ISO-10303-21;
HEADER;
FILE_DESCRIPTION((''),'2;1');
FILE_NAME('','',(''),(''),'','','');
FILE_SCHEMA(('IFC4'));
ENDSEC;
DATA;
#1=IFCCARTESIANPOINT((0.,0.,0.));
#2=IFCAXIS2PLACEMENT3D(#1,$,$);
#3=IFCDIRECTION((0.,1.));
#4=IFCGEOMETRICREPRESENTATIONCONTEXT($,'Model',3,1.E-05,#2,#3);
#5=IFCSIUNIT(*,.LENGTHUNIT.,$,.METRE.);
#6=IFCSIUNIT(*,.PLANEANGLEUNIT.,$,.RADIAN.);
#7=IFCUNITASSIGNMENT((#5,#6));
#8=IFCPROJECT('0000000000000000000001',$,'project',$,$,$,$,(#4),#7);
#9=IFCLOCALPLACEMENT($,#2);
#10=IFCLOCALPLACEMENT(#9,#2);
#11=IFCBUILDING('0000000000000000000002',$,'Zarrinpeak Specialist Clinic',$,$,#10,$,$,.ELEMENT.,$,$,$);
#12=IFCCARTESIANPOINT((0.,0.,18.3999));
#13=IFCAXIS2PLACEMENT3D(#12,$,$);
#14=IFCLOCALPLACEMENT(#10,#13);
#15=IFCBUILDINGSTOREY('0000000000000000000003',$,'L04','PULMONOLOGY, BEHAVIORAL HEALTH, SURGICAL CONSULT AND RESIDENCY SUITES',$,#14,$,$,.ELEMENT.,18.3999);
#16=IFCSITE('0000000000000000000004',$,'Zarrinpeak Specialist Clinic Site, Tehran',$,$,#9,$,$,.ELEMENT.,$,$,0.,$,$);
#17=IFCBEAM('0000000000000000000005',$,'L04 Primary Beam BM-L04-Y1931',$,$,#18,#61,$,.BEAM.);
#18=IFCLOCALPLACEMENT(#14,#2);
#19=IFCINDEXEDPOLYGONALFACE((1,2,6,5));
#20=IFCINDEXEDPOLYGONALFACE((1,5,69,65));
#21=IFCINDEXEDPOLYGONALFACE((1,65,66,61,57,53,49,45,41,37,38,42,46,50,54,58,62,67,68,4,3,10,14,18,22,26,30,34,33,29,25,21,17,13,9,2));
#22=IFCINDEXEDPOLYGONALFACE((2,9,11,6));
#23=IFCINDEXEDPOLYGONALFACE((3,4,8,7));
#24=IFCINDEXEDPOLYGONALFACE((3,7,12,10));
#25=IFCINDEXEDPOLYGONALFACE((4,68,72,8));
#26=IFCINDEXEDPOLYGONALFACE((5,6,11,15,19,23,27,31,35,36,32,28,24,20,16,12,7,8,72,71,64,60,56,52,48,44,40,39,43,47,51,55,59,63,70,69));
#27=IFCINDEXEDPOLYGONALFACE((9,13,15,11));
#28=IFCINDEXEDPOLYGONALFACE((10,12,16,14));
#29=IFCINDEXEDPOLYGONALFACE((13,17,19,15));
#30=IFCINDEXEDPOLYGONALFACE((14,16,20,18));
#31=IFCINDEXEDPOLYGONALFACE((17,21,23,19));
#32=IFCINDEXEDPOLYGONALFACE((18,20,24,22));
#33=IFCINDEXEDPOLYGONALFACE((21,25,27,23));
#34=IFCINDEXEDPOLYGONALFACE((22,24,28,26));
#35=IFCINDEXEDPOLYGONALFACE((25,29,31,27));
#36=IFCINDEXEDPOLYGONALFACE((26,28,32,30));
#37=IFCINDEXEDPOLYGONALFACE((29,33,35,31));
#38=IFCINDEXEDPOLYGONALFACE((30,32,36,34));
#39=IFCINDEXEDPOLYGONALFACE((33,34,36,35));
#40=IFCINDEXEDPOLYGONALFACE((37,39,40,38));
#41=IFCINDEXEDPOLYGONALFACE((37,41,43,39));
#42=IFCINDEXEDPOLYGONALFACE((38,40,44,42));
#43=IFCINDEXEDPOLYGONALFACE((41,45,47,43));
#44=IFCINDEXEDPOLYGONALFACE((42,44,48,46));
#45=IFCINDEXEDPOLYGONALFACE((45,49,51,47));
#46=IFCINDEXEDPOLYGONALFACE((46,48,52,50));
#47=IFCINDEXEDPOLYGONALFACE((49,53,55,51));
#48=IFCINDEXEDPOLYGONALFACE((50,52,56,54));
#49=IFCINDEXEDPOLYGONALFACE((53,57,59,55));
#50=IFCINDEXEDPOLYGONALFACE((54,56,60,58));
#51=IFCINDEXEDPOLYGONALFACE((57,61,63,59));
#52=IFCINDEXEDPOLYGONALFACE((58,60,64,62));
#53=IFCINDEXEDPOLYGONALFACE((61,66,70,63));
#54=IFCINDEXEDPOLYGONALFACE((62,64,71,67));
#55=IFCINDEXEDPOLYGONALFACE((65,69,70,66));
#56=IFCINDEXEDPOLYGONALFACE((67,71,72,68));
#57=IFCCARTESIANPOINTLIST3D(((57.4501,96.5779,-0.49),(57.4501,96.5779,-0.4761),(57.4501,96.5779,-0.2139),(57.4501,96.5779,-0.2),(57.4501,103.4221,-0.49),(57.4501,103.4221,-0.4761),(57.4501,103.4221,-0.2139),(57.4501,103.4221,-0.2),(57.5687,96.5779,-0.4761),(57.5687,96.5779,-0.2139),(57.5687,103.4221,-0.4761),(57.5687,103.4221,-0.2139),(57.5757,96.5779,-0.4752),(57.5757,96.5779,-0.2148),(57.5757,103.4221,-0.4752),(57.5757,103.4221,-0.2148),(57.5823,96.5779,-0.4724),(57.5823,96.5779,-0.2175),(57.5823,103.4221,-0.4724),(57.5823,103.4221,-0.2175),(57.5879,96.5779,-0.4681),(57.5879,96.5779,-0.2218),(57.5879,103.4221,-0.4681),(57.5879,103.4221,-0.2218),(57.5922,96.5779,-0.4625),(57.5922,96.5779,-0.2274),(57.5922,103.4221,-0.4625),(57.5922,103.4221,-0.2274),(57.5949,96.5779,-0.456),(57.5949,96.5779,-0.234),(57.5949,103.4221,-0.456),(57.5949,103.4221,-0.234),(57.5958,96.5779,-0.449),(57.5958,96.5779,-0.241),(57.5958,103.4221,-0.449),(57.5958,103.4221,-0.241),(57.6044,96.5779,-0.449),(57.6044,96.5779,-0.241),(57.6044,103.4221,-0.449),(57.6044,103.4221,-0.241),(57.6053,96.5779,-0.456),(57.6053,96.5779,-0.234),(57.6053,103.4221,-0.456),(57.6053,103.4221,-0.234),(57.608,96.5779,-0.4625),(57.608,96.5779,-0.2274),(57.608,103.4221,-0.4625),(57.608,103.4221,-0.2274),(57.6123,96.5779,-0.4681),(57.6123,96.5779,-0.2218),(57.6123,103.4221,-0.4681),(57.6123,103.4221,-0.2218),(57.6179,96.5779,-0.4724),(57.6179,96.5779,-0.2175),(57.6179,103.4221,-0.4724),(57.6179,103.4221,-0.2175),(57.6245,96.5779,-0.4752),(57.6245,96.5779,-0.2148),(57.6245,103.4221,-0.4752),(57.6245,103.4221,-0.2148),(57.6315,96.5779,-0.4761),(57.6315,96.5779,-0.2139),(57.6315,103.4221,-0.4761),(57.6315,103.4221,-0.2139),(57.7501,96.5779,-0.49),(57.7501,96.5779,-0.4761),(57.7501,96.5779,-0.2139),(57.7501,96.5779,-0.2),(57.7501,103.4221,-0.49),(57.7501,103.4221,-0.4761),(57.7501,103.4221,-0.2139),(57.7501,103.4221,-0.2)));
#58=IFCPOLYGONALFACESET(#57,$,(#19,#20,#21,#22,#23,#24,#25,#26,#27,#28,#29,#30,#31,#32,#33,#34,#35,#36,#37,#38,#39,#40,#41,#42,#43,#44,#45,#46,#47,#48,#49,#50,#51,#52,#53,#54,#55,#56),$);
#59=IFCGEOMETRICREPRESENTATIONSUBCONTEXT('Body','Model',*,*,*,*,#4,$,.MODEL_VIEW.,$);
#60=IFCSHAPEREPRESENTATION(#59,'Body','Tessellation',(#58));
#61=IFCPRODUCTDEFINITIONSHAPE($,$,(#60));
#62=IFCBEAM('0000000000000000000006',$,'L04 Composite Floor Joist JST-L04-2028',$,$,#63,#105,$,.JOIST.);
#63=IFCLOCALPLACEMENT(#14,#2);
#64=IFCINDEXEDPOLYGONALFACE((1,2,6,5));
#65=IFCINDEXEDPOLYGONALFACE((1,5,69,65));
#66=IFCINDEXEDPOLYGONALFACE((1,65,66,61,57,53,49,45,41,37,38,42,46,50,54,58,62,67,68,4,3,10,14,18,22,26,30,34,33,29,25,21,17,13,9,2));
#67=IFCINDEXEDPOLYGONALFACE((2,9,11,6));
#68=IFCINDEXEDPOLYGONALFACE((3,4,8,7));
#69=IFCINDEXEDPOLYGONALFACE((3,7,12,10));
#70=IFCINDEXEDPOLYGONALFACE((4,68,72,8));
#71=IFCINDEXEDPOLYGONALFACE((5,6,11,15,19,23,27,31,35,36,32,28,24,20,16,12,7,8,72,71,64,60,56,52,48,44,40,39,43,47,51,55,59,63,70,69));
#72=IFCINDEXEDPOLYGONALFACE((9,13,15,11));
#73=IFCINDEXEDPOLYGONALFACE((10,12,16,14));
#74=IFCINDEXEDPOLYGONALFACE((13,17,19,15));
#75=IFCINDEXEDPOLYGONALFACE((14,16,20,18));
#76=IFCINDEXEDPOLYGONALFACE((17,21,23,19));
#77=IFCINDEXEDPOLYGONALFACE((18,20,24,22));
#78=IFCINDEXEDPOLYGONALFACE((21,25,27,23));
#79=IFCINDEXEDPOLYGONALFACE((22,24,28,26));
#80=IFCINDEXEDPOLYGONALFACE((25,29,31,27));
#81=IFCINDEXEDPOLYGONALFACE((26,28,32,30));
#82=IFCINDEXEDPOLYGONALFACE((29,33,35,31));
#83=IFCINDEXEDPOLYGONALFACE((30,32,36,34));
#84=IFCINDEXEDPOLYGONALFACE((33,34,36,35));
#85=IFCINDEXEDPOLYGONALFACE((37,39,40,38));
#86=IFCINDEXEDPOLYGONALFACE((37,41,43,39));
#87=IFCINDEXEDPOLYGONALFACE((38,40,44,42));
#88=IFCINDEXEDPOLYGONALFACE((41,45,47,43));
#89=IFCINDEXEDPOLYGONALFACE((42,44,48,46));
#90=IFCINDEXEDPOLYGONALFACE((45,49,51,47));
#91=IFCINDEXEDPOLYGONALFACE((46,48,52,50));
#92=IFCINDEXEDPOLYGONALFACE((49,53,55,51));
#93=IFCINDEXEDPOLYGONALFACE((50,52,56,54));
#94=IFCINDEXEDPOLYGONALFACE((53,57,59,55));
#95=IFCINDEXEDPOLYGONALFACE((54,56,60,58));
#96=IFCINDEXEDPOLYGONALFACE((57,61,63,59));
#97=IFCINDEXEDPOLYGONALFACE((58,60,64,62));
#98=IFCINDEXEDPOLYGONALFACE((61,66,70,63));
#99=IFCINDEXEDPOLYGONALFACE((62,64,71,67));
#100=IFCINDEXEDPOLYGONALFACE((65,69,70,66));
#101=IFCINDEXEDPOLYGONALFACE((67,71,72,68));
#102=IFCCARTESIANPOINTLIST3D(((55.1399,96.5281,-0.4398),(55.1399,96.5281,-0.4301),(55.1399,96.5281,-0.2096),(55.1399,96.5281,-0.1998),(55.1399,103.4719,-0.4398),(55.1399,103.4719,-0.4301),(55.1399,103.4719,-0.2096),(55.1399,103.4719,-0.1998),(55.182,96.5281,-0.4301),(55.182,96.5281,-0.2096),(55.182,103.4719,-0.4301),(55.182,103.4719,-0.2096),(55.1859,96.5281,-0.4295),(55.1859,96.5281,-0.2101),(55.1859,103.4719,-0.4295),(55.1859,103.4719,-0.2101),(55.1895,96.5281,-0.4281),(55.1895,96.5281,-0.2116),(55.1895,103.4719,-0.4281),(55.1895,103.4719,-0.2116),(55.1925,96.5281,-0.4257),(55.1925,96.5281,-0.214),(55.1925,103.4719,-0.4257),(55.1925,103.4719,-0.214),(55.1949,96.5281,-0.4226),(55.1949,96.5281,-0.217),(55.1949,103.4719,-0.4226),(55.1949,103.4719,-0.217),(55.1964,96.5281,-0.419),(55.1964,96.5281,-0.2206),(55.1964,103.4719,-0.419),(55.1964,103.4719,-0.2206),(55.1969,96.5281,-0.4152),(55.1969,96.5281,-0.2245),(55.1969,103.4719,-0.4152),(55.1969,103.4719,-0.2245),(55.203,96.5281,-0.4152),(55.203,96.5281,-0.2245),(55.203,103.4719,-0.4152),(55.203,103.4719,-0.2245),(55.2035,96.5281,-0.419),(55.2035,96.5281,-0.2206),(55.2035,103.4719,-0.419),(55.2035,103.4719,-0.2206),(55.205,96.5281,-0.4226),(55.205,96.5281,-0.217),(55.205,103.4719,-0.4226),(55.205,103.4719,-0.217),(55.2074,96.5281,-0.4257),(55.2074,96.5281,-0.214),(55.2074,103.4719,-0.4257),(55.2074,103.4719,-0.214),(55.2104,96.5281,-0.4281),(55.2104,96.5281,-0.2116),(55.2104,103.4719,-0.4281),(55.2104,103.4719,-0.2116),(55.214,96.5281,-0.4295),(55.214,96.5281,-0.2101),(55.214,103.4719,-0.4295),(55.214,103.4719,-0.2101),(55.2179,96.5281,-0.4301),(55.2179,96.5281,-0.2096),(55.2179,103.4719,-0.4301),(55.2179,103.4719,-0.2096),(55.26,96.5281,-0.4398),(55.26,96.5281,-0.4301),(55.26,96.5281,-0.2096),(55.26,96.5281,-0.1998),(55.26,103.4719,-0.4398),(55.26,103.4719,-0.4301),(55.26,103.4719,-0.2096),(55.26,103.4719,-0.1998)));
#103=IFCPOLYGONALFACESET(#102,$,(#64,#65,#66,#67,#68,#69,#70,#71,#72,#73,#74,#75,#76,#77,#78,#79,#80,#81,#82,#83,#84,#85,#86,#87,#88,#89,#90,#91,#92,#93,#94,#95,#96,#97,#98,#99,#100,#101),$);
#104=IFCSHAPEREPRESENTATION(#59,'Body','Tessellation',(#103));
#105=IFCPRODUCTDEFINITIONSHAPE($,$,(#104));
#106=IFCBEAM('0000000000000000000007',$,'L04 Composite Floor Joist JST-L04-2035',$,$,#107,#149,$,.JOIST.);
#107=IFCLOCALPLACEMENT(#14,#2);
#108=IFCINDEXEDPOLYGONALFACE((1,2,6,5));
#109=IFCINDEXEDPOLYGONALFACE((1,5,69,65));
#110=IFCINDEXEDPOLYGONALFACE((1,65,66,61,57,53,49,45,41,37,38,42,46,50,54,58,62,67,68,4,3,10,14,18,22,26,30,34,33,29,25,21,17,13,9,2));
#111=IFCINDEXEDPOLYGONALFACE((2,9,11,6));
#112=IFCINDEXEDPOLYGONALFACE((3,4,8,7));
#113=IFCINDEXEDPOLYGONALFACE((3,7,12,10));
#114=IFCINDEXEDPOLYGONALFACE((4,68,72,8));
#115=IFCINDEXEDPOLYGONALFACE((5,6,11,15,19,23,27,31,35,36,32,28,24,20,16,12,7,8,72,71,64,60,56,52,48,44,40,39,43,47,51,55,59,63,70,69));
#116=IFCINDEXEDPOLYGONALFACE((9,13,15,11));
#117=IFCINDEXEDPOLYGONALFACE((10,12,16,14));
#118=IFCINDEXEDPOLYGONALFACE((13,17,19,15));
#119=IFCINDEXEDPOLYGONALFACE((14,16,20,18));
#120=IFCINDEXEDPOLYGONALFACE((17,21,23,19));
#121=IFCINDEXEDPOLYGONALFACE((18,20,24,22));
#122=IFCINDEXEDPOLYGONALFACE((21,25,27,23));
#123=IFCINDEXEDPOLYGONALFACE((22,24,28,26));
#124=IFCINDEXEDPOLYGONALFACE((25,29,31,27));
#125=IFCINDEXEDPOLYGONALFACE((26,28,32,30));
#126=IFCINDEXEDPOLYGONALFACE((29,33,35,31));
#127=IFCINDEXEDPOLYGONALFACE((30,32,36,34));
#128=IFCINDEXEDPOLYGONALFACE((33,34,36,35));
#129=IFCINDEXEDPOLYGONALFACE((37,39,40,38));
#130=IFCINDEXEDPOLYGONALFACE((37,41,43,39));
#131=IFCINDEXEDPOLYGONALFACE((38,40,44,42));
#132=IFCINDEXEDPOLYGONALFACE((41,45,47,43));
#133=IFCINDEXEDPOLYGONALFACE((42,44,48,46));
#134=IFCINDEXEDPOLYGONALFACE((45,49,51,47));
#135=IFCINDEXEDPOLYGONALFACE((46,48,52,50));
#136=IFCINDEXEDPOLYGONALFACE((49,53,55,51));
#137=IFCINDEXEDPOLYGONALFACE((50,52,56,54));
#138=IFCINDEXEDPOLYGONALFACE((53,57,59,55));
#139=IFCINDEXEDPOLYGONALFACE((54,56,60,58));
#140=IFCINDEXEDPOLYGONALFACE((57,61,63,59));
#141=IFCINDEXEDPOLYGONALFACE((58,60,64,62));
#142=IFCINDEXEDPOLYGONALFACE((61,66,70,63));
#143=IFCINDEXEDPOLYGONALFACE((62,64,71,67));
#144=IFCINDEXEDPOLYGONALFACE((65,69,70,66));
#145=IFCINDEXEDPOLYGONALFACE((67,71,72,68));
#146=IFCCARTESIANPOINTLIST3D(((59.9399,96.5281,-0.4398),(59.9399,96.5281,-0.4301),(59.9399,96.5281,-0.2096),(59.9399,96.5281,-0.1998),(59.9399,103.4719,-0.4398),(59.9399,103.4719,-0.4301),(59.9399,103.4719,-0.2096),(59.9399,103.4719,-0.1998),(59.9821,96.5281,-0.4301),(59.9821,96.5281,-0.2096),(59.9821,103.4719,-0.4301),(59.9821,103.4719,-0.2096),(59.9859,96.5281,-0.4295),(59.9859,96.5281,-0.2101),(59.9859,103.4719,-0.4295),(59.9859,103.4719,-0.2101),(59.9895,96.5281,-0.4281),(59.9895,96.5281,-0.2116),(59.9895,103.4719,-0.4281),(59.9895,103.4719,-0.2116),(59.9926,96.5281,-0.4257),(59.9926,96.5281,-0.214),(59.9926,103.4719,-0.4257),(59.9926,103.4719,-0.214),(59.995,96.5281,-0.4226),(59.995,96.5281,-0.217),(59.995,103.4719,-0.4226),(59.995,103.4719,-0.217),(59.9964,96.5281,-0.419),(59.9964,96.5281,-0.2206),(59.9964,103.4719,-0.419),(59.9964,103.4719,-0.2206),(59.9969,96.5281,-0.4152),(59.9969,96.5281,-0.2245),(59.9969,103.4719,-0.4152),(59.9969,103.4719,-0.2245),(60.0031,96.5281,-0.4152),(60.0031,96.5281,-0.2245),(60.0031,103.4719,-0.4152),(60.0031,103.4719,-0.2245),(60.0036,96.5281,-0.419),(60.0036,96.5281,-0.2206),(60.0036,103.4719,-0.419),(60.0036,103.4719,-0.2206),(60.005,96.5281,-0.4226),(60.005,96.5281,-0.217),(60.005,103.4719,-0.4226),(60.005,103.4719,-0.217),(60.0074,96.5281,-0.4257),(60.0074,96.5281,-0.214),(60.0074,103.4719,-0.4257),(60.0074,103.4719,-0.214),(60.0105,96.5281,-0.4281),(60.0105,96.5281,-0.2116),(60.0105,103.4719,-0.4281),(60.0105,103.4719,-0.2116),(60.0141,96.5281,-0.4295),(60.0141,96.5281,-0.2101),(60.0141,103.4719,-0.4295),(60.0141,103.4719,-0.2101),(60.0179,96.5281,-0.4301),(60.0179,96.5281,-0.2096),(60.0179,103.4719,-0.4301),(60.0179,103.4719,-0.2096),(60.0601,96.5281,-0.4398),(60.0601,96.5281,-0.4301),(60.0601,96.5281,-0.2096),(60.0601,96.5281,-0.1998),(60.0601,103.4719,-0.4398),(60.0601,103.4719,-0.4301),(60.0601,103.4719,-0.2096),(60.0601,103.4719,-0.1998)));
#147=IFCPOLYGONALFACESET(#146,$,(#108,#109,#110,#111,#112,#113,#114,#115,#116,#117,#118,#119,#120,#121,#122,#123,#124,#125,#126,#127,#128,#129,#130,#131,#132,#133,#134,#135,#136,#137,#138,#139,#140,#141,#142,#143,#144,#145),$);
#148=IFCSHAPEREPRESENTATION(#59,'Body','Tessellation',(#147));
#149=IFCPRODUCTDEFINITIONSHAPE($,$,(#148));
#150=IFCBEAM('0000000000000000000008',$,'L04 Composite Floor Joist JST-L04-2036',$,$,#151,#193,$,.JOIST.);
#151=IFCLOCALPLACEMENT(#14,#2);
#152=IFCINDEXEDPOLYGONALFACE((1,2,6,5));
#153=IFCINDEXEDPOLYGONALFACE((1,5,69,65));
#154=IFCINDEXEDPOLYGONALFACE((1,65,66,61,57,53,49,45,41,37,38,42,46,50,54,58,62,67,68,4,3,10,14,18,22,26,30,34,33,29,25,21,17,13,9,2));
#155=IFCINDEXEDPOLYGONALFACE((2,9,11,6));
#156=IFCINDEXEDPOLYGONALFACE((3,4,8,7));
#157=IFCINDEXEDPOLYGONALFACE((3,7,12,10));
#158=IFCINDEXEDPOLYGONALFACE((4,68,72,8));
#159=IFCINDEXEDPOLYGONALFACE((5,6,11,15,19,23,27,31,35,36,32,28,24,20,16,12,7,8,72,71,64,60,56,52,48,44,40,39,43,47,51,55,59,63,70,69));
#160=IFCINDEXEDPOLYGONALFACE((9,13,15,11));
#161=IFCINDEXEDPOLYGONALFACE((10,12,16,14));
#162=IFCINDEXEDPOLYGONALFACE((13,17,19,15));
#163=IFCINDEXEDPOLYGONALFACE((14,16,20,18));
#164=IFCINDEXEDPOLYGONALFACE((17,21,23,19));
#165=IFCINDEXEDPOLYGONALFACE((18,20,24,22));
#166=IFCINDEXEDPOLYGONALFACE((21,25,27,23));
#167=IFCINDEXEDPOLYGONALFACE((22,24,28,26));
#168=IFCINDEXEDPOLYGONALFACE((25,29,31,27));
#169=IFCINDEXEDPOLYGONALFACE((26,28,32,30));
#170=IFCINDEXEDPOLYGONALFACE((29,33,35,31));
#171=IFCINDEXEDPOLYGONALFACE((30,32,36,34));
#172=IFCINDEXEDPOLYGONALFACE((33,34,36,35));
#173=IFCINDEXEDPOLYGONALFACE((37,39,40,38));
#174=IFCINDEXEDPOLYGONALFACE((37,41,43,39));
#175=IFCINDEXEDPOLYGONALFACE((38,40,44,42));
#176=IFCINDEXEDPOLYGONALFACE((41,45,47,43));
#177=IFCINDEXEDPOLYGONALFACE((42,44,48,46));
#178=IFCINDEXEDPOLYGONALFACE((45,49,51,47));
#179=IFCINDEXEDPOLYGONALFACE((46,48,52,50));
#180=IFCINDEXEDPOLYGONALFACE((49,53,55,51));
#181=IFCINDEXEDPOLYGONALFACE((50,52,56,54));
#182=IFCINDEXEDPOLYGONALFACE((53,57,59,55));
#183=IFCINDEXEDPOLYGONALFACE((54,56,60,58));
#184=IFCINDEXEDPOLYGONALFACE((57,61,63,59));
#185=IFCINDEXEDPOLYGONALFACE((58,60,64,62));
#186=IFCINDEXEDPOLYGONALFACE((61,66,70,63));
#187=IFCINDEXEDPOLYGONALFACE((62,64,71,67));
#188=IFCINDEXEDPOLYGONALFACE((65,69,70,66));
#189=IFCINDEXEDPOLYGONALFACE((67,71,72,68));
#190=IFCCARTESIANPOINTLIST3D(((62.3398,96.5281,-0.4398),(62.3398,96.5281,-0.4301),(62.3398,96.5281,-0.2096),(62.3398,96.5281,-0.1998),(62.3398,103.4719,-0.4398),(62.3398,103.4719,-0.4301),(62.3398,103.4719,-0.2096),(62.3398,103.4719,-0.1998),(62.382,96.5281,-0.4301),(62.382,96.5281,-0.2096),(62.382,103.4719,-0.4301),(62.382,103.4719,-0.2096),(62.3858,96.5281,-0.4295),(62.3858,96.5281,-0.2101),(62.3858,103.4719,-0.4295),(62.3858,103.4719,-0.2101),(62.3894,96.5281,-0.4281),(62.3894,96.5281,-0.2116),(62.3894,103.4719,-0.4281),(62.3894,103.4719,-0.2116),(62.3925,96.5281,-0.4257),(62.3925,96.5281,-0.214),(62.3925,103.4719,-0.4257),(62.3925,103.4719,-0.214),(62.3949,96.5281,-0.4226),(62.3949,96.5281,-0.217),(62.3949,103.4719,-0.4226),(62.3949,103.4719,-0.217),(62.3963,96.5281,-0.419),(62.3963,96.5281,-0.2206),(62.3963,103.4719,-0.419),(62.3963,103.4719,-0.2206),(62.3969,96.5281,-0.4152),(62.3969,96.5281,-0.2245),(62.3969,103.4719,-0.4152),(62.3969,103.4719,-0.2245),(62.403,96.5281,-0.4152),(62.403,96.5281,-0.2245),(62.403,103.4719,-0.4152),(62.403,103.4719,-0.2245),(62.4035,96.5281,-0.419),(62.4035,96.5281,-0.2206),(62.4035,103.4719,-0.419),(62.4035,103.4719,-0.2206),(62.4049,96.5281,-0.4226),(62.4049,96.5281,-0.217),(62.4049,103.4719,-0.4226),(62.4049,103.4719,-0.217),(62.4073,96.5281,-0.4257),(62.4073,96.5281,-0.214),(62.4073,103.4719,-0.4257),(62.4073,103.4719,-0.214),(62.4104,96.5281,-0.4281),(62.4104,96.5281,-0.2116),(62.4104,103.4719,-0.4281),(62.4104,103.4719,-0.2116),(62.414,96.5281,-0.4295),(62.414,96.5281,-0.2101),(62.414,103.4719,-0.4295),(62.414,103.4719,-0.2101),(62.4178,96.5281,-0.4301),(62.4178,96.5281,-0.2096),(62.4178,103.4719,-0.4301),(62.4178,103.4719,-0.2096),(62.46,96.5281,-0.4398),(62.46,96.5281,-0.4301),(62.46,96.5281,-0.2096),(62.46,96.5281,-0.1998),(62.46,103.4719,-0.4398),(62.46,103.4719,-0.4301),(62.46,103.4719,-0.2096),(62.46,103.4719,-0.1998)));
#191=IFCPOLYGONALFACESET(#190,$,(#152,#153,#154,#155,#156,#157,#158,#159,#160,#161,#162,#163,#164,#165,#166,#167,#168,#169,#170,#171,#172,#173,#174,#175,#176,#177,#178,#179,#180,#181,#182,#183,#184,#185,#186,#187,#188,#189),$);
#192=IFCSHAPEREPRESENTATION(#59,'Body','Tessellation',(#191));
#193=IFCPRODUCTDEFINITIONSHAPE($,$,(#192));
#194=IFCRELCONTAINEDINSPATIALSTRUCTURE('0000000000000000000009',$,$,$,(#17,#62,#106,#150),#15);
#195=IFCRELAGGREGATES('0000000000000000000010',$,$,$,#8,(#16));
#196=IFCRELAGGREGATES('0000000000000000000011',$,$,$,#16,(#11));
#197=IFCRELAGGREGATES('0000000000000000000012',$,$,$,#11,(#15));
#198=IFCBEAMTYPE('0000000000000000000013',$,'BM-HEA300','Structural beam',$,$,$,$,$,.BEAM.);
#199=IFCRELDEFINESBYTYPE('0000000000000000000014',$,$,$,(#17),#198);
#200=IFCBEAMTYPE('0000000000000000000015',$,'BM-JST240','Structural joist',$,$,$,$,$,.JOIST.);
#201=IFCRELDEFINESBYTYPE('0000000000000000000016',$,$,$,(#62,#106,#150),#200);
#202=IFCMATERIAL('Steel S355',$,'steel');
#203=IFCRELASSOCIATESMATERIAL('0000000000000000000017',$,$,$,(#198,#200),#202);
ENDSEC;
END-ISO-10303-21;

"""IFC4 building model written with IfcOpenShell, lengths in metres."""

from ifc_helpers import new_model, si_unit, direction, frame, origin, origin_2d, place, context, subcontext, project, spatial, i_section, extrude, material, material_profile, profile_set, type_object, element, save


model = new_model("IFC4")

# Units and contexts
model_context = context("Model", 3, precision=1e-05, world=origin(), true_north=direction((0.0, 1.0)))
body_context = subcontext(model_context, "Body", "Model", "MODEL_VIEW")
ifc_project = project(units=[si_unit("LENGTHUNIT", "METRE"), si_unit("PLANEANGLEUNIT", "RADIAN")], contexts=[model_context])

# Site, building, storey
site_placement = place(None, origin())
site = spatial("IfcSite", under=ifc_project, at=site_placement, Name="Zarrinpeak Specialist Clinic Site, Tehran", CompositionType="ELEMENT", RefElevation=0.0)
building_placement = place(site_placement, origin())
building = spatial("IfcBuilding", under=site, at=building_placement, Name="Zarrinpeak Specialist Clinic", CompositionType="ELEMENT")
storey_placement = place(building_placement, frame((0.0, 0.0, 18.3999)))
storey = spatial("IfcBuildingStorey", under=building, at=storey_placement, Name="L04", Description="PULMONOLOGY, BEHAVIORAL HEALTH, SURGICAL CONSULT AND RESIDENCY SUITES", CompositionType="ELEMENT", Elevation=18.3999)

# Beams
ifc_material_1 = material(Name="Steel S355", Category="steel")
ifc_material_profile_1 = material_profile(ifc_material_1, i_section(OverallWidth=0.3, OverallDepth=0.29, WebThickness=0.0085, FlangeThickness=0.0139, FilletRadius=0.0271, at=origin_2d()), Name="HEA 300")
ifc_profile_set_1 = profile_set([ifc_material_profile_1], Name="Steel S355")
beam_type_1 = type_object("IfcBeamType", Name="BM-HEA300", Description="Structural beam", PredefinedType="BEAM", material=ifc_profile_set_1)
beam_1_placement = place(storey_placement, frame((57.6001, 96.5779, -0.345), z_axis=(0.0, 1.0, 0.0), x_axis=(-1.0, 0.0, 0.0)))
element("IfcBeam", 1, at=beam_1_placement, inside=storey, type_object=beam_type_1, Name="L04 Primary Beam BM-L04-Y1931", PredefinedType="BEAM", context=body_context, shape_type="SweptSolid", body=[
    extrude(i_section(OverallWidth=0.3, OverallDepth=0.29, WebThickness=0.0085, FlangeThickness=0.0139, FilletRadius=0.0271, at=origin_2d()), origin(), (0.0, 0.0, 1.0), 6.8442),
])
ifc_material_profile_2 = material_profile(ifc_material_1, i_section(OverallWidth=0.1201, OverallDepth=0.24, WebThickness=0.0061, FlangeThickness=0.0098, FilletRadius=0.0149, at=origin_2d()), Name="IPE 240")
ifc_profile_set_2 = profile_set([ifc_material_profile_2], Name="Steel S355")
beam_type_2 = type_object("IfcBeamType", Name="BM-JST240", Description="Structural joist", PredefinedType="JOIST", material=ifc_profile_set_2)
for number, where, z_axis, x_axis, name in (
    (2, (55.2, 96.5281, -0.3198), (0.0, 1.0, 0.0), (-1.0, 0.0, 0.0), "L04 Composite Floor Joist JST-L04-2028"),
    (3, (60.0, 96.5281, -0.3198), (0.0, 1.0, 0.0), (-1.0, 0.0, 0.0), "L04 Composite Floor Joist JST-L04-2035"),
    (4, (62.3999, 96.5281, -0.3198), (0.0, 1.0, 0.0), (-1.0, 0.0, 0.0), "L04 Composite Floor Joist JST-L04-2036"),
):
    element("IfcBeam", number, at=place(storey_placement, frame(where, z_axis=z_axis, x_axis=x_axis)), inside=storey, type_object=beam_type_2, Name=name, PredefinedType="JOIST", context=body_context, shape_type="SweptSolid", body=[
        extrude(i_section(OverallWidth=0.1201, OverallDepth=0.24, WebThickness=0.0061, FlangeThickness=0.0098, FilletRadius=0.0149, at=origin_2d()), origin(), (0.0, 0.0, 1.0), 6.9438),
    ])

save(model, "model.ifc")
